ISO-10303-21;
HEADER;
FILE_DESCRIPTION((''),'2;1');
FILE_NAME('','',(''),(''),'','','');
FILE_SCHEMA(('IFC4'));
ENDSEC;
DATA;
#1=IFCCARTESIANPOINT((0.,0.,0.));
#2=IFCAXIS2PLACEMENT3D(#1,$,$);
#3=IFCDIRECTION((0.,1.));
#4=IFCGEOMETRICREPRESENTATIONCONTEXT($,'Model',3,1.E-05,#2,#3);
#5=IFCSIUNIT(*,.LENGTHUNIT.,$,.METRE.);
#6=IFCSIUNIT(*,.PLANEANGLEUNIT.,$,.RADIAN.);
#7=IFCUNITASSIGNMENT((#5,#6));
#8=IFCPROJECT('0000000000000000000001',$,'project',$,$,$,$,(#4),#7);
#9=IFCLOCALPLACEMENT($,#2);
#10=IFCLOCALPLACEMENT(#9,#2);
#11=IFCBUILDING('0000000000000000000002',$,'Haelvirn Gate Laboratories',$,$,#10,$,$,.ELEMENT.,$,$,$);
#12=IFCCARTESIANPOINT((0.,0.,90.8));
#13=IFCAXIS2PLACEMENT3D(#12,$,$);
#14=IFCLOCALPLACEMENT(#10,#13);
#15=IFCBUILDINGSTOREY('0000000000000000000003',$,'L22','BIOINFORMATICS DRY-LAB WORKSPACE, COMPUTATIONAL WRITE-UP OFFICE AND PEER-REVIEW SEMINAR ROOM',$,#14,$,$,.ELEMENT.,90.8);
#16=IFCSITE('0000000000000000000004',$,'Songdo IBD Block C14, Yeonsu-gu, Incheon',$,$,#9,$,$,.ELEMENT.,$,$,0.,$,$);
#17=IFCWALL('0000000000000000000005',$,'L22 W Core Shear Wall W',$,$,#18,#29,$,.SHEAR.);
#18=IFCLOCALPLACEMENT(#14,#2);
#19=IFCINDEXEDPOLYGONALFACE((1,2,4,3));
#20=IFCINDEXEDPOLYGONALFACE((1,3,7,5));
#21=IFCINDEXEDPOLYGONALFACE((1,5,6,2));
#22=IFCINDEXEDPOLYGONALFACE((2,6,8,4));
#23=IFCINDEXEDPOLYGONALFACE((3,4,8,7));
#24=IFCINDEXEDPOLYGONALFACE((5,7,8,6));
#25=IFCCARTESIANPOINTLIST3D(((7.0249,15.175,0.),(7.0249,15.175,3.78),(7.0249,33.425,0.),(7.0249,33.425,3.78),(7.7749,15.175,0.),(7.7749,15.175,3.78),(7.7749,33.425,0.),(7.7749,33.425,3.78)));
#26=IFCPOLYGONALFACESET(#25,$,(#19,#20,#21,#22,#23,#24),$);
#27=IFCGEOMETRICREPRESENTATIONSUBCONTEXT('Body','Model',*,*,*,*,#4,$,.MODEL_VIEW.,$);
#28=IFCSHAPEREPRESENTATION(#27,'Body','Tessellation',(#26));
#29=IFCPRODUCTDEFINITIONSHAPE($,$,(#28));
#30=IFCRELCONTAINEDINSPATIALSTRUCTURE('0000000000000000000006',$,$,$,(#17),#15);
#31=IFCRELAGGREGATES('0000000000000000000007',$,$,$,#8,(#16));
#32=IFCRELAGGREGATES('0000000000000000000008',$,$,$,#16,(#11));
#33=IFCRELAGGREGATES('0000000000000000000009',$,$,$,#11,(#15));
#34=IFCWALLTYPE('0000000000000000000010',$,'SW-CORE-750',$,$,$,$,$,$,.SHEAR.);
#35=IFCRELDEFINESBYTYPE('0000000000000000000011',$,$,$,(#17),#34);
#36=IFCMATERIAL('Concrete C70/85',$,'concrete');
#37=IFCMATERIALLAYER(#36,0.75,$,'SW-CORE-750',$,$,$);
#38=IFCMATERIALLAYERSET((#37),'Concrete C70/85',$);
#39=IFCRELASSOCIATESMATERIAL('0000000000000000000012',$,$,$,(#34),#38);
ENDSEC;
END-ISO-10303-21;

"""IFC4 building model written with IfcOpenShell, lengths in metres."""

from ifc_helpers import new_model, si_unit, direction, frame, frame_2d, origin, place, context, subcontext, project, spatial, rectangle, extrude, material, layer, layer_set, type_object, element, save


model = new_model("IFC4")

# Units and contexts
model_context = context("Model", 3, precision=1e-05, world=origin(), true_north=direction((0.0, 1.0)))
body_context = subcontext(model_context, "Body", "Model", "MODEL_VIEW")
ifc_project = project(units=[si_unit("LENGTHUNIT", "METRE"), si_unit("PLANEANGLEUNIT", "RADIAN")], contexts=[model_context])

# Site, building, storey
site_placement = place(None, origin())
site = spatial("IfcSite", under=ifc_project, at=site_placement, Name="Songdo IBD Block C14, Yeonsu-gu, Incheon", CompositionType="ELEMENT", RefElevation=0.0)
building_placement = place(site_placement, origin())
building = spatial("IfcBuilding", under=site, at=building_placement, Name="Haelvirn Gate Laboratories", CompositionType="ELEMENT")
storey_placement = place(building_placement, frame((0.0, 0.0, 90.8)))
storey = spatial("IfcBuildingStorey", under=building, at=storey_placement, Name="L22", Description="BIOINFORMATICS DRY-LAB WORKSPACE, COMPUTATIONAL WRITE-UP OFFICE AND PEER-REVIEW SEMINAR ROOM", CompositionType="ELEMENT", Elevation=90.8)

# Shared definitions
ifc_material_1 = material(Name="Concrete C70/85", Category="concrete")

# Wall
ifc_layer_1 = layer(ifc_material_1, 0.75, Name="SW-CORE-750")
ifc_layer_set_1 = layer_set([ifc_layer_1], Name="Concrete C70/85")
wall_type_1 = type_object("IfcWallType", Name="SW-CORE-750", PredefinedType="SHEAR", material=ifc_layer_set_1)
wall_1_placement = place(storey_placement, frame((7.3999, 15.175, 0.0), z_axis=(0.0, 0.0, 1.0), x_axis=(0.0, 1.0, 0.0)))
element("IfcWall", 1, at=wall_1_placement, inside=storey, type_object=wall_type_1, Name="L22 W Core Shear Wall W", PredefinedType="SHEAR", context=body_context, shape_type="SweptSolid", body=[
    extrude(rectangle(XDim=18.25, YDim=0.75, at=frame_2d((9.125, 0.0))), origin(), (0.0, 0.0, 1.0), 3.78),
])

save(model, "model.ifc")
